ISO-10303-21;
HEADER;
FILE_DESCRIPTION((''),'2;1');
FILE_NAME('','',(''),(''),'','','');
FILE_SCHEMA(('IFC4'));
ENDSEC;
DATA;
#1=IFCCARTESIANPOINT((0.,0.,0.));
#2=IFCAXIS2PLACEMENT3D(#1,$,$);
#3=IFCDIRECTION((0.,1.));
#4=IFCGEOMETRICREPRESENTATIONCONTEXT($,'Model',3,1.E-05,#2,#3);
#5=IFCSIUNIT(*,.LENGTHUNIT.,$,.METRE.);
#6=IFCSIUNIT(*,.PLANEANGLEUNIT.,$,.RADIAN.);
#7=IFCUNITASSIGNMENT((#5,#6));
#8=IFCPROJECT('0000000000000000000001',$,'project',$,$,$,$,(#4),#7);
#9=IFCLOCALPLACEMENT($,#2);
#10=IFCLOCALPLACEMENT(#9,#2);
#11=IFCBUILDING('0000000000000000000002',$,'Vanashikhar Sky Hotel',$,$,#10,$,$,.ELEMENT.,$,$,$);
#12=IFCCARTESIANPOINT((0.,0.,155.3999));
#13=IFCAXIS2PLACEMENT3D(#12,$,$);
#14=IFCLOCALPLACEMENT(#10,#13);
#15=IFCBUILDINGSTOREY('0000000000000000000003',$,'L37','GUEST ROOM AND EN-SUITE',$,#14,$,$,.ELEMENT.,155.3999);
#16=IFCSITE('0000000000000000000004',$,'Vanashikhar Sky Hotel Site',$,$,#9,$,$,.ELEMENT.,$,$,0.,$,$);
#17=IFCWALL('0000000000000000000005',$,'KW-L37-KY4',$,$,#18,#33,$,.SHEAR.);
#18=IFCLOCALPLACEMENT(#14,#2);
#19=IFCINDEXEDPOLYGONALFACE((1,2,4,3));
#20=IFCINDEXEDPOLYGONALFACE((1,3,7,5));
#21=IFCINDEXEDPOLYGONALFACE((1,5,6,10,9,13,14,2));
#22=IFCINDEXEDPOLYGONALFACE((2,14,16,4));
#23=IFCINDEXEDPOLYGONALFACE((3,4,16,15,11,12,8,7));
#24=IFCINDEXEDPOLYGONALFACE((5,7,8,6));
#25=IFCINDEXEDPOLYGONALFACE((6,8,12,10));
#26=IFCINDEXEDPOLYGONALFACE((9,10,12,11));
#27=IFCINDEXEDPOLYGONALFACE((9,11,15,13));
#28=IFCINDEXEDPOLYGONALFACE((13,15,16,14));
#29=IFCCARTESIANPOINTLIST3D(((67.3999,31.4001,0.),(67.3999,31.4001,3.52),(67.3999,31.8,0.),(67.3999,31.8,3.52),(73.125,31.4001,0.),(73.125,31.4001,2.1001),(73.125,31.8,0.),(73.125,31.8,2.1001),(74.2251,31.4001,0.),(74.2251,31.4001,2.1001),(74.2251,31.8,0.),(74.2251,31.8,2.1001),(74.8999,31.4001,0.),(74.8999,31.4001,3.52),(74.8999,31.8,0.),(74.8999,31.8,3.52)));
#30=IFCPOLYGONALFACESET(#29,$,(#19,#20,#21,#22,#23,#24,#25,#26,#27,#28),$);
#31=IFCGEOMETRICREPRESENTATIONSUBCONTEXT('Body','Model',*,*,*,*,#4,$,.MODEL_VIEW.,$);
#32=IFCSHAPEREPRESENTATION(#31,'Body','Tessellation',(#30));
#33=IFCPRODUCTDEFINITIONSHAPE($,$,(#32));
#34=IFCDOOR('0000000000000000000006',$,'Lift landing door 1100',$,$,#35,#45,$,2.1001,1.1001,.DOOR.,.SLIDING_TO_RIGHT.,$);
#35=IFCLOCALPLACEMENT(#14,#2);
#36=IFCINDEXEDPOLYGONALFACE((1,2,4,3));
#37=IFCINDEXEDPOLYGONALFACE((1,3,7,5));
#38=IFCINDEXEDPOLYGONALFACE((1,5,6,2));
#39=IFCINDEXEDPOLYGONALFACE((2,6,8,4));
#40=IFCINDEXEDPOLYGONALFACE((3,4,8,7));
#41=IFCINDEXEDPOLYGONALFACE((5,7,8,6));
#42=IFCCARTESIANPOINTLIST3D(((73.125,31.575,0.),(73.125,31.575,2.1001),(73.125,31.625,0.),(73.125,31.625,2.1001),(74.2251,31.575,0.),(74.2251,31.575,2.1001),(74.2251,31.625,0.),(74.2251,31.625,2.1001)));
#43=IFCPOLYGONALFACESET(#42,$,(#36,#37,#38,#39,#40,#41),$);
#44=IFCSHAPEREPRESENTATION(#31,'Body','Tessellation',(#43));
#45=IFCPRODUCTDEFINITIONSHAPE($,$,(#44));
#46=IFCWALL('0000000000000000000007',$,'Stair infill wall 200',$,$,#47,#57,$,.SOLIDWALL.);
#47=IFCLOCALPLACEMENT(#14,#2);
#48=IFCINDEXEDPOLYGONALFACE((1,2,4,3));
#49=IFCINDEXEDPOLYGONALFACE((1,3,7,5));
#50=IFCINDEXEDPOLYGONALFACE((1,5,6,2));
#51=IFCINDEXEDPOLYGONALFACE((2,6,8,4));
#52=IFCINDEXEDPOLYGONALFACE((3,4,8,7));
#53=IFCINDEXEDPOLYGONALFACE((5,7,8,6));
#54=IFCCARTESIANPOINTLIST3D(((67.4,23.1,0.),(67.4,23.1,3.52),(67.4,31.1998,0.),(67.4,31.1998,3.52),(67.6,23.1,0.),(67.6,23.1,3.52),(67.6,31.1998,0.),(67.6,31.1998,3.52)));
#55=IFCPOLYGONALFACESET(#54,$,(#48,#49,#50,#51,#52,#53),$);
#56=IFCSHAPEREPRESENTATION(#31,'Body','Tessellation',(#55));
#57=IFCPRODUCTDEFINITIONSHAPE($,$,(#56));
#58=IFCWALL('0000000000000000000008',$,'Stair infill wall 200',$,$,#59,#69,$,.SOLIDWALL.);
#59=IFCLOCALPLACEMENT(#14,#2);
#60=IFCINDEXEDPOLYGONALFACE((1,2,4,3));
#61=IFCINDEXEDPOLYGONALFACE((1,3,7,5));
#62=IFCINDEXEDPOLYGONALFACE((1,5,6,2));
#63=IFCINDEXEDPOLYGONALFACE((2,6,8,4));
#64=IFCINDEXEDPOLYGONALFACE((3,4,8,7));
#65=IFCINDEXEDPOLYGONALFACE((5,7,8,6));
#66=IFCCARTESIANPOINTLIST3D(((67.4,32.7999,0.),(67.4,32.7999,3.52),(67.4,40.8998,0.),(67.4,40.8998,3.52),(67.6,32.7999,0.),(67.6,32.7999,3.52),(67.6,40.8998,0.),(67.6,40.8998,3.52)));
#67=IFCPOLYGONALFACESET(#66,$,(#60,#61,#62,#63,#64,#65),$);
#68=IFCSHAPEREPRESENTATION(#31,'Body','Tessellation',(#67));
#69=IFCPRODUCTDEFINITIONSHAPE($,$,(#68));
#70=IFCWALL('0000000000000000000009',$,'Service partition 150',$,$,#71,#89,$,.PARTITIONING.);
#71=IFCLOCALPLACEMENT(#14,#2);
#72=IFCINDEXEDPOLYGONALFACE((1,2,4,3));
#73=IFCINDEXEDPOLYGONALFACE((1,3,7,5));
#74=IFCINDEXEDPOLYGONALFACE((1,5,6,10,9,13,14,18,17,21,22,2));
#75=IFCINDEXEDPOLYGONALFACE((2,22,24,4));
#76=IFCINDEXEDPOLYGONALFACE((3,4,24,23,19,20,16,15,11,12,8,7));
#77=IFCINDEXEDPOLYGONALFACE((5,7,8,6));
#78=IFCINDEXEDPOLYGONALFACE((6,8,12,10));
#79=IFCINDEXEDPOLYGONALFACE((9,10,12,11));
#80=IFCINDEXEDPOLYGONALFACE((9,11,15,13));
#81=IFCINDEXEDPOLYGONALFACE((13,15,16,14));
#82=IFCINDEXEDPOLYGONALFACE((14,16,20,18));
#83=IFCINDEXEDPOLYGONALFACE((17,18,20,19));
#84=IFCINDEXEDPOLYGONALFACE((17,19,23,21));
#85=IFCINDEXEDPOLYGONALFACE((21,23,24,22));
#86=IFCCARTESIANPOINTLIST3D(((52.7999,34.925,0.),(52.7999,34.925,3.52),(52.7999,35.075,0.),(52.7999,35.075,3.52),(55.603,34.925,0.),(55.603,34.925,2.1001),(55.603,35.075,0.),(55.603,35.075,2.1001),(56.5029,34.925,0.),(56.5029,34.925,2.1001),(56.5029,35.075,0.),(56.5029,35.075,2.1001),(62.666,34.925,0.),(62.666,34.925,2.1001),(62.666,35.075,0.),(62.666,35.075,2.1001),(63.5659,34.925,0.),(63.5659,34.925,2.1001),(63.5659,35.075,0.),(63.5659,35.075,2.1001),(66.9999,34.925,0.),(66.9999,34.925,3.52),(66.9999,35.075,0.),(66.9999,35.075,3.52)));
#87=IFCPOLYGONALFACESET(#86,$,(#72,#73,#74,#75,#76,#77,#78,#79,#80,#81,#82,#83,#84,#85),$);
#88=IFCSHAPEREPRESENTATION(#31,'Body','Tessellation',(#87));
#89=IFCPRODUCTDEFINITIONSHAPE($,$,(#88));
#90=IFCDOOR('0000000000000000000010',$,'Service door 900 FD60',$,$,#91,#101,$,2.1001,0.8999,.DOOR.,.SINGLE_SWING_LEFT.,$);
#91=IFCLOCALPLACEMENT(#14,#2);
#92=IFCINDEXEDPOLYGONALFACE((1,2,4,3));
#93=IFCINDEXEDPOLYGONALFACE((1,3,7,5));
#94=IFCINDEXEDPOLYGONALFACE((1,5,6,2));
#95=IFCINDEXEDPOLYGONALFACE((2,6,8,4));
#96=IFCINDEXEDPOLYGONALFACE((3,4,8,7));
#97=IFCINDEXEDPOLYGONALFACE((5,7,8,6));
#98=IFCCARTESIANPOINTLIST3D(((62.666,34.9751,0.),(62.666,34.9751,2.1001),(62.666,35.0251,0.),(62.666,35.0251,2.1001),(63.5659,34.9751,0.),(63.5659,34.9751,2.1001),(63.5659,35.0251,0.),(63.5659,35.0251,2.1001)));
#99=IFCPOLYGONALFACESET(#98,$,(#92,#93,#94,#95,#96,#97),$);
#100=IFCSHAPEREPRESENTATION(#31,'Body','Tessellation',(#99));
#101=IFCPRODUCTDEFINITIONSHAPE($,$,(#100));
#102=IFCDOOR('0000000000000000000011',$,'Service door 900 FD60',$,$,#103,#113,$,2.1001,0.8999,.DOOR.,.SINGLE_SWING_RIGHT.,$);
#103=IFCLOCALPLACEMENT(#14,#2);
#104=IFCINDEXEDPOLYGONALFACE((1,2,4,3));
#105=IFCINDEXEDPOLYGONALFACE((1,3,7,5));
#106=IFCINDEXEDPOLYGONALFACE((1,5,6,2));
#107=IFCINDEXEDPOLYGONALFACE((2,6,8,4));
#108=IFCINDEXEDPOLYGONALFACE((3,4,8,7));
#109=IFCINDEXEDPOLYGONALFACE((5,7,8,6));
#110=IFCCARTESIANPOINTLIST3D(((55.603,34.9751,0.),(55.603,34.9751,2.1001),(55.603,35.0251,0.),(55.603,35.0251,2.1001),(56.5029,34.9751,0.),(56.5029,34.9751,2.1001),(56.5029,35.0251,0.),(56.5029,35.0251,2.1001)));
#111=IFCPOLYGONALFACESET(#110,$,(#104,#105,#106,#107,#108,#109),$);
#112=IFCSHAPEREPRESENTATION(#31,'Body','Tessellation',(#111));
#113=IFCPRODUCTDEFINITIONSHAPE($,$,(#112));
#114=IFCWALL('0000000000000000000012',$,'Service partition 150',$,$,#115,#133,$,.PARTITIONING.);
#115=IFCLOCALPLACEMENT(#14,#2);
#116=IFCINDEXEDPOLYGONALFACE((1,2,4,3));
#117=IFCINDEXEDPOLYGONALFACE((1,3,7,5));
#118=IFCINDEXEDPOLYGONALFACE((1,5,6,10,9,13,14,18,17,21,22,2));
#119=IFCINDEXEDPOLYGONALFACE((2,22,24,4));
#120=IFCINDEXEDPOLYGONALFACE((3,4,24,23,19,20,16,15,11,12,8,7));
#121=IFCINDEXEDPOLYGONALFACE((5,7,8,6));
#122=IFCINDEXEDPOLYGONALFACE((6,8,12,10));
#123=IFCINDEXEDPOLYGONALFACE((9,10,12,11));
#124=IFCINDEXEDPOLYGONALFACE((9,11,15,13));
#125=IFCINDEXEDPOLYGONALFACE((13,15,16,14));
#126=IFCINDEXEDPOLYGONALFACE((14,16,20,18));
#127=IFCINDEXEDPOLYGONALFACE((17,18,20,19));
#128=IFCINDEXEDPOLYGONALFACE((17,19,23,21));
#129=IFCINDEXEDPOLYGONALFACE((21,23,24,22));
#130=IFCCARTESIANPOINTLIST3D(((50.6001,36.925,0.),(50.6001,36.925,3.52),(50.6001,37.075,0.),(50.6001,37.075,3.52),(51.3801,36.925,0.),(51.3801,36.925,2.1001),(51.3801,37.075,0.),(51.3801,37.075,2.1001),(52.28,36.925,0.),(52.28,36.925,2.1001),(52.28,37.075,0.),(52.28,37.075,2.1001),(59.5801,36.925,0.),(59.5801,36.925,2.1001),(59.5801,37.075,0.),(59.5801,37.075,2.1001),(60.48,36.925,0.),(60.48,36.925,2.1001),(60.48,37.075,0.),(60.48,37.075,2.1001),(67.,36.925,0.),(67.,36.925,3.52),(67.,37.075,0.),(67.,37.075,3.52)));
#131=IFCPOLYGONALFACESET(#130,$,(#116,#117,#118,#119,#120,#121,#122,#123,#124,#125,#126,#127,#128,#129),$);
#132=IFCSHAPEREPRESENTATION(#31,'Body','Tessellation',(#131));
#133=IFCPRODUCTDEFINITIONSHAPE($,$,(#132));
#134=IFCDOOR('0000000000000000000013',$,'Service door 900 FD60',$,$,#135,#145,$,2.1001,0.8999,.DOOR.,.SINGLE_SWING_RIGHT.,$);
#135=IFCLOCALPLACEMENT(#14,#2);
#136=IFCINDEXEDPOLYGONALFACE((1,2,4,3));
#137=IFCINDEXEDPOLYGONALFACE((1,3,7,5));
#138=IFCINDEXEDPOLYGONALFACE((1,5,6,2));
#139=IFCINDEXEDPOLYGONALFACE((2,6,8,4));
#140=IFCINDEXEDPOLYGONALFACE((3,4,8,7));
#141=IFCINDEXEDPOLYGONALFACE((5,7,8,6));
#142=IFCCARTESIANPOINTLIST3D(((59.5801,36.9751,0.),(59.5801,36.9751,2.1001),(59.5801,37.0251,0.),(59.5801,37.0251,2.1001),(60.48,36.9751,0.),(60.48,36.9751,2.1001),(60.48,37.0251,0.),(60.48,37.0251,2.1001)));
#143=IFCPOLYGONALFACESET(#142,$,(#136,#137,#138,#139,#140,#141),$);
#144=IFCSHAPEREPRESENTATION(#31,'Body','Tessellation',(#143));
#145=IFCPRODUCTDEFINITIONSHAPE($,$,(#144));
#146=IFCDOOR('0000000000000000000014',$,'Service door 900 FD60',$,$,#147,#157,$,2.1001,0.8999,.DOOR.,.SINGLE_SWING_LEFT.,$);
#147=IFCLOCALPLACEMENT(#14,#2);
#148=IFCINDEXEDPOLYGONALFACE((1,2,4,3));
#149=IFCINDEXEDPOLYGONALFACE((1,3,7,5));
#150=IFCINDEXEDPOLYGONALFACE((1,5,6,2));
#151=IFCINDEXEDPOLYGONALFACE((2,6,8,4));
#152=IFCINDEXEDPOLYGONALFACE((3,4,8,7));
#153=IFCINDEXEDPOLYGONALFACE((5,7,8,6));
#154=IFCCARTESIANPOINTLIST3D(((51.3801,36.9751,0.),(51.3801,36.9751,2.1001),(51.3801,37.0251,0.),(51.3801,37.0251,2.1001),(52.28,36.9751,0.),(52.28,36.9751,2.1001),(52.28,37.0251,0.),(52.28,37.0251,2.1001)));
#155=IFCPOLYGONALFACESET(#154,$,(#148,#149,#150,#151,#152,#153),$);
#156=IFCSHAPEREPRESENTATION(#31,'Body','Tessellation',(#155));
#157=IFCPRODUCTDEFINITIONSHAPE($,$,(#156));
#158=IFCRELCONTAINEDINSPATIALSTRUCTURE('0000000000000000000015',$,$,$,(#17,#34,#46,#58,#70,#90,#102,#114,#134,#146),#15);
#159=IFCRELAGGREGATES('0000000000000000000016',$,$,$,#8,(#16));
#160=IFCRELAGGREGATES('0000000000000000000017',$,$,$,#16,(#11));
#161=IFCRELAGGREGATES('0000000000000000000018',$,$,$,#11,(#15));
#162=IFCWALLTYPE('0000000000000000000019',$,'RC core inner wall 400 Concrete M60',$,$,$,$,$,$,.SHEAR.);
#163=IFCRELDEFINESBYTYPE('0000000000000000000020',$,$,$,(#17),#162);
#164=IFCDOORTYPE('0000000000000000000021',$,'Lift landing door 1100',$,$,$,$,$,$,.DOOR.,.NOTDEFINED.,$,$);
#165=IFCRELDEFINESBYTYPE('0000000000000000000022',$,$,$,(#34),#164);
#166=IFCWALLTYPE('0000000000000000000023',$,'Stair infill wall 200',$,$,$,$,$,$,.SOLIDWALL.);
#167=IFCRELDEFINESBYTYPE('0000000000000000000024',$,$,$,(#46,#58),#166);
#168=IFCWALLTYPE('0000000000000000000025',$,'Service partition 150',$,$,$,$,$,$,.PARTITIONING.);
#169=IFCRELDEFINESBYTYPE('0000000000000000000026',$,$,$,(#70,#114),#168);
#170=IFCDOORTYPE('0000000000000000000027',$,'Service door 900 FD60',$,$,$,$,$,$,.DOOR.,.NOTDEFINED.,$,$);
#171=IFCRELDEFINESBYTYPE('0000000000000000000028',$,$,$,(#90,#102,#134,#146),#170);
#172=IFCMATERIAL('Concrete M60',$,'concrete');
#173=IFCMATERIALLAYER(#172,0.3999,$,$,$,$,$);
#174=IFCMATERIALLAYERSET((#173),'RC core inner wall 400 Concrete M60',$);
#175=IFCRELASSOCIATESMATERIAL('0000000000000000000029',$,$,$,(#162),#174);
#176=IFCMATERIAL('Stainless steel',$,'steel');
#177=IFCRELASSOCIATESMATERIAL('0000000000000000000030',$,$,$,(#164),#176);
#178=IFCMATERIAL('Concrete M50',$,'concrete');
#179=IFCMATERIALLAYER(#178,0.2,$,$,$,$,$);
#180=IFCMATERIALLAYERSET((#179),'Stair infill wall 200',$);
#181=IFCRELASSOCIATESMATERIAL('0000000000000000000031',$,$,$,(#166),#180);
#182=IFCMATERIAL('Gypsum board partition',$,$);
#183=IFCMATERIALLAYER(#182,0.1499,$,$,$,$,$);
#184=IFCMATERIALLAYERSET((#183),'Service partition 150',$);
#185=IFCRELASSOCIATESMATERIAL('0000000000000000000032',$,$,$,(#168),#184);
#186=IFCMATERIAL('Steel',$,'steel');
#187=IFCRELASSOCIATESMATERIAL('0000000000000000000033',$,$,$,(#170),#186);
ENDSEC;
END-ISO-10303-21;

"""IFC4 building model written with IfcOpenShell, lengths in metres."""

from ifc_helpers import new_model, si_unit, direction, frame, frame_2d, origin, place, context, subcontext, project, spatial, rectangle, extrude, source, transform, mapped, material, layer, layer_set, type_object, element, fill, save


model = new_model("IFC4")

# Units and contexts
model_context = context("Model", 3, precision=1e-05, world=origin(), true_north=direction((0.0, 1.0)))
body_context = subcontext(model_context, "Body", "Model", "MODEL_VIEW")
ifc_project = project(units=[si_unit("LENGTHUNIT", "METRE"), si_unit("PLANEANGLEUNIT", "RADIAN")], contexts=[model_context])

# Site, building, storey
site_placement = place(None, origin())
site = spatial("IfcSite", under=ifc_project, at=site_placement, Name="Vanashikhar Sky Hotel Site", CompositionType="ELEMENT", RefElevation=0.0)
building_placement = place(site_placement, origin())
building = spatial("IfcBuilding", under=site, at=building_placement, Name="Vanashikhar Sky Hotel", CompositionType="ELEMENT")
storey_placement = place(building_placement, frame((0.0, 0.0, 155.3999)))
storey = spatial("IfcBuildingStorey", under=building, at=storey_placement, Name="L37", Description="GUEST ROOM AND EN-SUITE", CompositionType="ELEMENT", Elevation=155.3999)

# Wall, opening, door
ifc_material_1 = material(Name="Concrete M60", Category="concrete")
ifc_layer_1 = layer(ifc_material_1, 0.3999)
ifc_layer_set_1 = layer_set([ifc_layer_1], Name="RC core inner wall 400 Concrete M60")
wall_type_1 = type_object("IfcWallType", Name="RC core inner wall 400 Concrete M60", PredefinedType="SHEAR", material=ifc_layer_set_1)
shared_shape_1 = source(origin(), body_context, "Body", "SweptSolid", [
    extrude(rectangle(XDim=7.5, YDim=0.3999, at=frame_2d((3.75, 0.0))), origin(), (0.0, 0.0, 1.0), 3.52),
])
wall_1_placement = place(storey_placement, frame((67.3999, 31.6001, 0.0), z_axis=(0.0, 0.0, 1.0), x_axis=(1.0, 0.0, 0.0)))
wall_1 = element("IfcWall", 1, at=wall_1_placement, inside=storey, type_object=wall_type_1, Name="KW-L37-KY4", PredefinedType="SHEAR", context=body_context, shape_type="MappedRepresentation", body=[
    mapped(shared_shape_1, transform((0.0, 0.0, 0.0), scale=1.0)),
])
shared_shape_2 = source(origin(), body_context, "Body", "SweptSolid", [
    extrude(rectangle(XDim=1.1001, YDim=2.1001, at=frame_2d((0.55, 1.05))), frame((0.0, 0.21, 0.0), z_axis=(0.0, -1.0, 0.0), x_axis=(1.0, 0.0, 0.0)), (0.0, 0.0, 1.0), 0.4199),
])
opening_1_placement = place(wall_1_placement, frame((5.7251, 0.0, 0.0)))
opening_1 = element("IfcOpeningElement", 2, at=opening_1_placement, cuts=wall_1, PredefinedType="OPENING", context=body_context, shape_type="MappedRepresentation", body=[
    mapped(shared_shape_2, transform((0.0, 0.0, 0.0), scale=1.0)),
])
ifc_material_2 = material(Name="Stainless steel", Category="steel")
door_type_1 = type_object("IfcDoorType", Name="Lift landing door 1100", OperationType="NOTDEFINED", PredefinedType="DOOR", material=ifc_material_2)
shared_shape_3 = source(origin(), body_context, "Body", "SweptSolid", [
    extrude(rectangle(XDim=1.1001, YDim=2.1001, at=frame_2d((0.55, 1.05))), frame((0.0, 0.0249, 0.0), z_axis=(0.0, -1.0, 0.0), x_axis=(1.0, 0.0, 0.0)), (0.0, 0.0, 1.0), 0.05),
])
door_1_placement = place(opening_1_placement, origin())
door_1 = element("IfcDoor", 3, at=door_1_placement, inside=storey, type_object=door_type_1, Name="Lift landing door 1100", OperationType="SLIDING_TO_RIGHT", OverallHeight=2.1001, OverallWidth=1.1001, PredefinedType="DOOR", context=body_context, shape_type="MappedRepresentation", body=[
    mapped(shared_shape_3, transform((0.0, 0.0, 0.0), scale=1.0)),
])
fill(opening_1, door_1)

# Walls
ifc_material_3 = material(Name="Concrete M50", Category="concrete")
ifc_layer_2 = layer(ifc_material_3, 0.2)
ifc_layer_set_2 = layer_set([ifc_layer_2], Name="Stair infill wall 200")
wall_type_2 = type_object("IfcWallType", Name="Stair infill wall 200", PredefinedType="SOLIDWALL", material=ifc_layer_set_2)
shared_shape_4 = source(origin(), body_context, "Body", "SweptSolid", [
    extrude(rectangle(XDim=8.0999, YDim=0.2, at=frame_2d((4.0498, 0.0))), origin(), (0.0, 0.0, 1.0), 3.52),
])
for number, where, z_axis, x_axis, name in (
    (4, (67.5, 23.1001, 0.0), (0.0, 0.0, 1.0), (0.0, 1.0, 0.0), "Stair infill wall 200"),
    (5, (67.5, 32.8, 0.0), (0.0, 0.0, 1.0), (0.0, 1.0, 0.0), "Stair infill wall 200"),
):
    element("IfcWall", number, at=place(storey_placement, frame(where, z_axis=z_axis, x_axis=x_axis)), inside=storey, type_object=wall_type_2, Name=name, PredefinedType="SOLIDWALL", context=body_context, shape_type="MappedRepresentation", body=[
        mapped(shared_shape_4, transform((0.0, 0.0, 0.0), scale=1.0)),
    ])

# Walls, openings, doors
ifc_material_4 = material(Name="Gypsum board partition")
ifc_layer_3 = layer(ifc_material_4, 0.1499)
ifc_layer_set_3 = layer_set([ifc_layer_3], Name="Service partition 150")
wall_type_3 = type_object("IfcWallType", Name="Service partition 150", PredefinedType="PARTITIONING", material=ifc_layer_set_3)
shared_shape_5 = source(origin(), body_context, "Body", "SweptSolid", [
    extrude(rectangle(XDim=14.2, YDim=0.1499, at=frame_2d((7.1001, 0.0))), origin(), (0.0, 0.0, 1.0), 3.52),
])
wall_2_placement = place(storey_placement, frame((67.0, 35.0, 0.0), z_axis=(0.0, 0.0, 1.0), x_axis=(-1.0, 0.0, 0.0)))
wall_2 = element("IfcWall", 6, at=wall_2_placement, inside=storey, type_object=wall_type_3, Name="Service partition 150", PredefinedType="PARTITIONING", context=body_context, shape_type="MappedRepresentation", body=[
    mapped(shared_shape_5, transform((0.0, 0.0, 0.0), scale=1.0)),
])
shared_shape_6 = source(origin(), body_context, "Body", "SweptSolid", [
    extrude(rectangle(XDim=0.8999, YDim=2.1001, at=frame_2d((0.45, 1.05))), frame((0.0, 0.085, 0.0), z_axis=(0.0, -1.0, 0.0), x_axis=(1.0, 0.0, 0.0)), (0.0, 0.0, 1.0), 0.1699),
])
opening_2_placement = place(wall_2_placement, frame((3.4341, 0.0, 0.0)))
opening_2 = element("IfcOpeningElement", 7, at=opening_2_placement, cuts=wall_2, PredefinedType="OPENING", context=body_context, shape_type="MappedRepresentation", body=[
    mapped(shared_shape_6, transform((0.0, 0.0, 0.0), scale=1.0)),
])
opening_3_placement = place(wall_2_placement, frame((10.4971, 0.0, 0.0)))
opening_3 = element("IfcOpeningElement", 8, at=opening_3_placement, cuts=wall_2, PredefinedType="OPENING", context=body_context, shape_type="MappedRepresentation", body=[
    mapped(shared_shape_6, transform((0.0, 0.0, 0.0), scale=1.0)),
])
ifc_material_5 = material(Name="Steel", Category="steel")
door_type_2 = type_object("IfcDoorType", Name="Service door 900 FD60", OperationType="NOTDEFINED", PredefinedType="DOOR", material=ifc_material_5)
shared_shape_7 = source(origin(), body_context, "Body", "SweptSolid", [
    extrude(rectangle(XDim=0.8999, YDim=2.1001, at=frame_2d((0.45, 1.05))), frame((0.0, 0.0249, 0.0), z_axis=(0.0, -1.0, 0.0), x_axis=(1.0, 0.0, 0.0)), (0.0, 0.0, 1.0), 0.05),
])
door_2_placement = place(opening_2_placement, origin())
door_2 = element("IfcDoor", 9, at=door_2_placement, inside=storey, type_object=door_type_2, Name="Service door 900 FD60", OperationType="SINGLE_SWING_LEFT", OverallHeight=2.1001, OverallWidth=0.8999, PredefinedType="DOOR", context=body_context, shape_type="MappedRepresentation", body=[
    mapped(shared_shape_7, transform((0.0, 0.0, 0.0), scale=1.0)),
])
fill(opening_2, door_2)
door_3_placement = place(opening_3_placement, origin())
door_3 = element("IfcDoor", 10, at=door_3_placement, inside=storey, type_object=door_type_2, Name="Service door 900 FD60", OperationType="SINGLE_SWING_RIGHT", OverallHeight=2.1001, OverallWidth=0.8999, PredefinedType="DOOR", context=body_context, shape_type="MappedRepresentation", body=[
    mapped(shared_shape_7, transform((0.0, 0.0, 0.0), scale=1.0)),
])
fill(opening_3, door_3)
shared_shape_8 = source(origin(), body_context, "Body", "SweptSolid", [
    extrude(rectangle(XDim=16.3999, YDim=0.1499, at=frame_2d((8.2, 0.0))), origin(), (0.0, 0.0, 1.0), 3.52),
])
wall_3_placement = place(storey_placement, frame((67.0, 37.0, 0.0), z_axis=(0.0, 0.0, 1.0), x_axis=(-1.0, 0.0, 0.0)))
wall_3 = element("IfcWall", 11, at=wall_3_placement, inside=storey, type_object=wall_type_3, Name="Service partition 150", PredefinedType="PARTITIONING", context=body_context, shape_type="MappedRepresentation", body=[
    mapped(shared_shape_8, transform((0.0, 0.0, 0.0), scale=1.0)),
])
opening_4_placement = place(wall_3_placement, frame((6.52, 0.0, 0.0)))
opening_4 = element("IfcOpeningElement", 12, at=opening_4_placement, cuts=wall_3, PredefinedType="OPENING", context=body_context, shape_type="MappedRepresentation", body=[
    mapped(shared_shape_6, transform((0.0, 0.0, 0.0), scale=1.0)),
])
opening_5_placement = place(wall_3_placement, frame((14.72, 0.0, 0.0)))
opening_5 = element("IfcOpeningElement", 13, at=opening_5_placement, cuts=wall_3, PredefinedType="OPENING", context=body_context, shape_type="MappedRepresentation", body=[
    mapped(shared_shape_6, transform((0.0, 0.0, 0.0), scale=1.0)),
])
door_4_placement = place(opening_4_placement, origin())
door_4 = element("IfcDoor", 14, at=door_4_placement, inside=storey, type_object=door_type_2, Name="Service door 900 FD60", OperationType="SINGLE_SWING_RIGHT", OverallHeight=2.1001, OverallWidth=0.8999, PredefinedType="DOOR", context=body_context, shape_type="MappedRepresentation", body=[
    mapped(shared_shape_7, transform((0.0, 0.0, 0.0), scale=1.0)),
])
fill(opening_4, door_4)
door_5_placement = place(opening_5_placement, origin())
door_5 = element("IfcDoor", 15, at=door_5_placement, inside=storey, type_object=door_type_2, Name="Service door 900 FD60", OperationType="SINGLE_SWING_LEFT", OverallHeight=2.1001, OverallWidth=0.8999, PredefinedType="DOOR", context=body_context, shape_type="MappedRepresentation", body=[
    mapped(shared_shape_7, transform((0.0, 0.0, 0.0), scale=1.0)),
])
fill(opening_5, door_5)

save(model, "model.ifc")
